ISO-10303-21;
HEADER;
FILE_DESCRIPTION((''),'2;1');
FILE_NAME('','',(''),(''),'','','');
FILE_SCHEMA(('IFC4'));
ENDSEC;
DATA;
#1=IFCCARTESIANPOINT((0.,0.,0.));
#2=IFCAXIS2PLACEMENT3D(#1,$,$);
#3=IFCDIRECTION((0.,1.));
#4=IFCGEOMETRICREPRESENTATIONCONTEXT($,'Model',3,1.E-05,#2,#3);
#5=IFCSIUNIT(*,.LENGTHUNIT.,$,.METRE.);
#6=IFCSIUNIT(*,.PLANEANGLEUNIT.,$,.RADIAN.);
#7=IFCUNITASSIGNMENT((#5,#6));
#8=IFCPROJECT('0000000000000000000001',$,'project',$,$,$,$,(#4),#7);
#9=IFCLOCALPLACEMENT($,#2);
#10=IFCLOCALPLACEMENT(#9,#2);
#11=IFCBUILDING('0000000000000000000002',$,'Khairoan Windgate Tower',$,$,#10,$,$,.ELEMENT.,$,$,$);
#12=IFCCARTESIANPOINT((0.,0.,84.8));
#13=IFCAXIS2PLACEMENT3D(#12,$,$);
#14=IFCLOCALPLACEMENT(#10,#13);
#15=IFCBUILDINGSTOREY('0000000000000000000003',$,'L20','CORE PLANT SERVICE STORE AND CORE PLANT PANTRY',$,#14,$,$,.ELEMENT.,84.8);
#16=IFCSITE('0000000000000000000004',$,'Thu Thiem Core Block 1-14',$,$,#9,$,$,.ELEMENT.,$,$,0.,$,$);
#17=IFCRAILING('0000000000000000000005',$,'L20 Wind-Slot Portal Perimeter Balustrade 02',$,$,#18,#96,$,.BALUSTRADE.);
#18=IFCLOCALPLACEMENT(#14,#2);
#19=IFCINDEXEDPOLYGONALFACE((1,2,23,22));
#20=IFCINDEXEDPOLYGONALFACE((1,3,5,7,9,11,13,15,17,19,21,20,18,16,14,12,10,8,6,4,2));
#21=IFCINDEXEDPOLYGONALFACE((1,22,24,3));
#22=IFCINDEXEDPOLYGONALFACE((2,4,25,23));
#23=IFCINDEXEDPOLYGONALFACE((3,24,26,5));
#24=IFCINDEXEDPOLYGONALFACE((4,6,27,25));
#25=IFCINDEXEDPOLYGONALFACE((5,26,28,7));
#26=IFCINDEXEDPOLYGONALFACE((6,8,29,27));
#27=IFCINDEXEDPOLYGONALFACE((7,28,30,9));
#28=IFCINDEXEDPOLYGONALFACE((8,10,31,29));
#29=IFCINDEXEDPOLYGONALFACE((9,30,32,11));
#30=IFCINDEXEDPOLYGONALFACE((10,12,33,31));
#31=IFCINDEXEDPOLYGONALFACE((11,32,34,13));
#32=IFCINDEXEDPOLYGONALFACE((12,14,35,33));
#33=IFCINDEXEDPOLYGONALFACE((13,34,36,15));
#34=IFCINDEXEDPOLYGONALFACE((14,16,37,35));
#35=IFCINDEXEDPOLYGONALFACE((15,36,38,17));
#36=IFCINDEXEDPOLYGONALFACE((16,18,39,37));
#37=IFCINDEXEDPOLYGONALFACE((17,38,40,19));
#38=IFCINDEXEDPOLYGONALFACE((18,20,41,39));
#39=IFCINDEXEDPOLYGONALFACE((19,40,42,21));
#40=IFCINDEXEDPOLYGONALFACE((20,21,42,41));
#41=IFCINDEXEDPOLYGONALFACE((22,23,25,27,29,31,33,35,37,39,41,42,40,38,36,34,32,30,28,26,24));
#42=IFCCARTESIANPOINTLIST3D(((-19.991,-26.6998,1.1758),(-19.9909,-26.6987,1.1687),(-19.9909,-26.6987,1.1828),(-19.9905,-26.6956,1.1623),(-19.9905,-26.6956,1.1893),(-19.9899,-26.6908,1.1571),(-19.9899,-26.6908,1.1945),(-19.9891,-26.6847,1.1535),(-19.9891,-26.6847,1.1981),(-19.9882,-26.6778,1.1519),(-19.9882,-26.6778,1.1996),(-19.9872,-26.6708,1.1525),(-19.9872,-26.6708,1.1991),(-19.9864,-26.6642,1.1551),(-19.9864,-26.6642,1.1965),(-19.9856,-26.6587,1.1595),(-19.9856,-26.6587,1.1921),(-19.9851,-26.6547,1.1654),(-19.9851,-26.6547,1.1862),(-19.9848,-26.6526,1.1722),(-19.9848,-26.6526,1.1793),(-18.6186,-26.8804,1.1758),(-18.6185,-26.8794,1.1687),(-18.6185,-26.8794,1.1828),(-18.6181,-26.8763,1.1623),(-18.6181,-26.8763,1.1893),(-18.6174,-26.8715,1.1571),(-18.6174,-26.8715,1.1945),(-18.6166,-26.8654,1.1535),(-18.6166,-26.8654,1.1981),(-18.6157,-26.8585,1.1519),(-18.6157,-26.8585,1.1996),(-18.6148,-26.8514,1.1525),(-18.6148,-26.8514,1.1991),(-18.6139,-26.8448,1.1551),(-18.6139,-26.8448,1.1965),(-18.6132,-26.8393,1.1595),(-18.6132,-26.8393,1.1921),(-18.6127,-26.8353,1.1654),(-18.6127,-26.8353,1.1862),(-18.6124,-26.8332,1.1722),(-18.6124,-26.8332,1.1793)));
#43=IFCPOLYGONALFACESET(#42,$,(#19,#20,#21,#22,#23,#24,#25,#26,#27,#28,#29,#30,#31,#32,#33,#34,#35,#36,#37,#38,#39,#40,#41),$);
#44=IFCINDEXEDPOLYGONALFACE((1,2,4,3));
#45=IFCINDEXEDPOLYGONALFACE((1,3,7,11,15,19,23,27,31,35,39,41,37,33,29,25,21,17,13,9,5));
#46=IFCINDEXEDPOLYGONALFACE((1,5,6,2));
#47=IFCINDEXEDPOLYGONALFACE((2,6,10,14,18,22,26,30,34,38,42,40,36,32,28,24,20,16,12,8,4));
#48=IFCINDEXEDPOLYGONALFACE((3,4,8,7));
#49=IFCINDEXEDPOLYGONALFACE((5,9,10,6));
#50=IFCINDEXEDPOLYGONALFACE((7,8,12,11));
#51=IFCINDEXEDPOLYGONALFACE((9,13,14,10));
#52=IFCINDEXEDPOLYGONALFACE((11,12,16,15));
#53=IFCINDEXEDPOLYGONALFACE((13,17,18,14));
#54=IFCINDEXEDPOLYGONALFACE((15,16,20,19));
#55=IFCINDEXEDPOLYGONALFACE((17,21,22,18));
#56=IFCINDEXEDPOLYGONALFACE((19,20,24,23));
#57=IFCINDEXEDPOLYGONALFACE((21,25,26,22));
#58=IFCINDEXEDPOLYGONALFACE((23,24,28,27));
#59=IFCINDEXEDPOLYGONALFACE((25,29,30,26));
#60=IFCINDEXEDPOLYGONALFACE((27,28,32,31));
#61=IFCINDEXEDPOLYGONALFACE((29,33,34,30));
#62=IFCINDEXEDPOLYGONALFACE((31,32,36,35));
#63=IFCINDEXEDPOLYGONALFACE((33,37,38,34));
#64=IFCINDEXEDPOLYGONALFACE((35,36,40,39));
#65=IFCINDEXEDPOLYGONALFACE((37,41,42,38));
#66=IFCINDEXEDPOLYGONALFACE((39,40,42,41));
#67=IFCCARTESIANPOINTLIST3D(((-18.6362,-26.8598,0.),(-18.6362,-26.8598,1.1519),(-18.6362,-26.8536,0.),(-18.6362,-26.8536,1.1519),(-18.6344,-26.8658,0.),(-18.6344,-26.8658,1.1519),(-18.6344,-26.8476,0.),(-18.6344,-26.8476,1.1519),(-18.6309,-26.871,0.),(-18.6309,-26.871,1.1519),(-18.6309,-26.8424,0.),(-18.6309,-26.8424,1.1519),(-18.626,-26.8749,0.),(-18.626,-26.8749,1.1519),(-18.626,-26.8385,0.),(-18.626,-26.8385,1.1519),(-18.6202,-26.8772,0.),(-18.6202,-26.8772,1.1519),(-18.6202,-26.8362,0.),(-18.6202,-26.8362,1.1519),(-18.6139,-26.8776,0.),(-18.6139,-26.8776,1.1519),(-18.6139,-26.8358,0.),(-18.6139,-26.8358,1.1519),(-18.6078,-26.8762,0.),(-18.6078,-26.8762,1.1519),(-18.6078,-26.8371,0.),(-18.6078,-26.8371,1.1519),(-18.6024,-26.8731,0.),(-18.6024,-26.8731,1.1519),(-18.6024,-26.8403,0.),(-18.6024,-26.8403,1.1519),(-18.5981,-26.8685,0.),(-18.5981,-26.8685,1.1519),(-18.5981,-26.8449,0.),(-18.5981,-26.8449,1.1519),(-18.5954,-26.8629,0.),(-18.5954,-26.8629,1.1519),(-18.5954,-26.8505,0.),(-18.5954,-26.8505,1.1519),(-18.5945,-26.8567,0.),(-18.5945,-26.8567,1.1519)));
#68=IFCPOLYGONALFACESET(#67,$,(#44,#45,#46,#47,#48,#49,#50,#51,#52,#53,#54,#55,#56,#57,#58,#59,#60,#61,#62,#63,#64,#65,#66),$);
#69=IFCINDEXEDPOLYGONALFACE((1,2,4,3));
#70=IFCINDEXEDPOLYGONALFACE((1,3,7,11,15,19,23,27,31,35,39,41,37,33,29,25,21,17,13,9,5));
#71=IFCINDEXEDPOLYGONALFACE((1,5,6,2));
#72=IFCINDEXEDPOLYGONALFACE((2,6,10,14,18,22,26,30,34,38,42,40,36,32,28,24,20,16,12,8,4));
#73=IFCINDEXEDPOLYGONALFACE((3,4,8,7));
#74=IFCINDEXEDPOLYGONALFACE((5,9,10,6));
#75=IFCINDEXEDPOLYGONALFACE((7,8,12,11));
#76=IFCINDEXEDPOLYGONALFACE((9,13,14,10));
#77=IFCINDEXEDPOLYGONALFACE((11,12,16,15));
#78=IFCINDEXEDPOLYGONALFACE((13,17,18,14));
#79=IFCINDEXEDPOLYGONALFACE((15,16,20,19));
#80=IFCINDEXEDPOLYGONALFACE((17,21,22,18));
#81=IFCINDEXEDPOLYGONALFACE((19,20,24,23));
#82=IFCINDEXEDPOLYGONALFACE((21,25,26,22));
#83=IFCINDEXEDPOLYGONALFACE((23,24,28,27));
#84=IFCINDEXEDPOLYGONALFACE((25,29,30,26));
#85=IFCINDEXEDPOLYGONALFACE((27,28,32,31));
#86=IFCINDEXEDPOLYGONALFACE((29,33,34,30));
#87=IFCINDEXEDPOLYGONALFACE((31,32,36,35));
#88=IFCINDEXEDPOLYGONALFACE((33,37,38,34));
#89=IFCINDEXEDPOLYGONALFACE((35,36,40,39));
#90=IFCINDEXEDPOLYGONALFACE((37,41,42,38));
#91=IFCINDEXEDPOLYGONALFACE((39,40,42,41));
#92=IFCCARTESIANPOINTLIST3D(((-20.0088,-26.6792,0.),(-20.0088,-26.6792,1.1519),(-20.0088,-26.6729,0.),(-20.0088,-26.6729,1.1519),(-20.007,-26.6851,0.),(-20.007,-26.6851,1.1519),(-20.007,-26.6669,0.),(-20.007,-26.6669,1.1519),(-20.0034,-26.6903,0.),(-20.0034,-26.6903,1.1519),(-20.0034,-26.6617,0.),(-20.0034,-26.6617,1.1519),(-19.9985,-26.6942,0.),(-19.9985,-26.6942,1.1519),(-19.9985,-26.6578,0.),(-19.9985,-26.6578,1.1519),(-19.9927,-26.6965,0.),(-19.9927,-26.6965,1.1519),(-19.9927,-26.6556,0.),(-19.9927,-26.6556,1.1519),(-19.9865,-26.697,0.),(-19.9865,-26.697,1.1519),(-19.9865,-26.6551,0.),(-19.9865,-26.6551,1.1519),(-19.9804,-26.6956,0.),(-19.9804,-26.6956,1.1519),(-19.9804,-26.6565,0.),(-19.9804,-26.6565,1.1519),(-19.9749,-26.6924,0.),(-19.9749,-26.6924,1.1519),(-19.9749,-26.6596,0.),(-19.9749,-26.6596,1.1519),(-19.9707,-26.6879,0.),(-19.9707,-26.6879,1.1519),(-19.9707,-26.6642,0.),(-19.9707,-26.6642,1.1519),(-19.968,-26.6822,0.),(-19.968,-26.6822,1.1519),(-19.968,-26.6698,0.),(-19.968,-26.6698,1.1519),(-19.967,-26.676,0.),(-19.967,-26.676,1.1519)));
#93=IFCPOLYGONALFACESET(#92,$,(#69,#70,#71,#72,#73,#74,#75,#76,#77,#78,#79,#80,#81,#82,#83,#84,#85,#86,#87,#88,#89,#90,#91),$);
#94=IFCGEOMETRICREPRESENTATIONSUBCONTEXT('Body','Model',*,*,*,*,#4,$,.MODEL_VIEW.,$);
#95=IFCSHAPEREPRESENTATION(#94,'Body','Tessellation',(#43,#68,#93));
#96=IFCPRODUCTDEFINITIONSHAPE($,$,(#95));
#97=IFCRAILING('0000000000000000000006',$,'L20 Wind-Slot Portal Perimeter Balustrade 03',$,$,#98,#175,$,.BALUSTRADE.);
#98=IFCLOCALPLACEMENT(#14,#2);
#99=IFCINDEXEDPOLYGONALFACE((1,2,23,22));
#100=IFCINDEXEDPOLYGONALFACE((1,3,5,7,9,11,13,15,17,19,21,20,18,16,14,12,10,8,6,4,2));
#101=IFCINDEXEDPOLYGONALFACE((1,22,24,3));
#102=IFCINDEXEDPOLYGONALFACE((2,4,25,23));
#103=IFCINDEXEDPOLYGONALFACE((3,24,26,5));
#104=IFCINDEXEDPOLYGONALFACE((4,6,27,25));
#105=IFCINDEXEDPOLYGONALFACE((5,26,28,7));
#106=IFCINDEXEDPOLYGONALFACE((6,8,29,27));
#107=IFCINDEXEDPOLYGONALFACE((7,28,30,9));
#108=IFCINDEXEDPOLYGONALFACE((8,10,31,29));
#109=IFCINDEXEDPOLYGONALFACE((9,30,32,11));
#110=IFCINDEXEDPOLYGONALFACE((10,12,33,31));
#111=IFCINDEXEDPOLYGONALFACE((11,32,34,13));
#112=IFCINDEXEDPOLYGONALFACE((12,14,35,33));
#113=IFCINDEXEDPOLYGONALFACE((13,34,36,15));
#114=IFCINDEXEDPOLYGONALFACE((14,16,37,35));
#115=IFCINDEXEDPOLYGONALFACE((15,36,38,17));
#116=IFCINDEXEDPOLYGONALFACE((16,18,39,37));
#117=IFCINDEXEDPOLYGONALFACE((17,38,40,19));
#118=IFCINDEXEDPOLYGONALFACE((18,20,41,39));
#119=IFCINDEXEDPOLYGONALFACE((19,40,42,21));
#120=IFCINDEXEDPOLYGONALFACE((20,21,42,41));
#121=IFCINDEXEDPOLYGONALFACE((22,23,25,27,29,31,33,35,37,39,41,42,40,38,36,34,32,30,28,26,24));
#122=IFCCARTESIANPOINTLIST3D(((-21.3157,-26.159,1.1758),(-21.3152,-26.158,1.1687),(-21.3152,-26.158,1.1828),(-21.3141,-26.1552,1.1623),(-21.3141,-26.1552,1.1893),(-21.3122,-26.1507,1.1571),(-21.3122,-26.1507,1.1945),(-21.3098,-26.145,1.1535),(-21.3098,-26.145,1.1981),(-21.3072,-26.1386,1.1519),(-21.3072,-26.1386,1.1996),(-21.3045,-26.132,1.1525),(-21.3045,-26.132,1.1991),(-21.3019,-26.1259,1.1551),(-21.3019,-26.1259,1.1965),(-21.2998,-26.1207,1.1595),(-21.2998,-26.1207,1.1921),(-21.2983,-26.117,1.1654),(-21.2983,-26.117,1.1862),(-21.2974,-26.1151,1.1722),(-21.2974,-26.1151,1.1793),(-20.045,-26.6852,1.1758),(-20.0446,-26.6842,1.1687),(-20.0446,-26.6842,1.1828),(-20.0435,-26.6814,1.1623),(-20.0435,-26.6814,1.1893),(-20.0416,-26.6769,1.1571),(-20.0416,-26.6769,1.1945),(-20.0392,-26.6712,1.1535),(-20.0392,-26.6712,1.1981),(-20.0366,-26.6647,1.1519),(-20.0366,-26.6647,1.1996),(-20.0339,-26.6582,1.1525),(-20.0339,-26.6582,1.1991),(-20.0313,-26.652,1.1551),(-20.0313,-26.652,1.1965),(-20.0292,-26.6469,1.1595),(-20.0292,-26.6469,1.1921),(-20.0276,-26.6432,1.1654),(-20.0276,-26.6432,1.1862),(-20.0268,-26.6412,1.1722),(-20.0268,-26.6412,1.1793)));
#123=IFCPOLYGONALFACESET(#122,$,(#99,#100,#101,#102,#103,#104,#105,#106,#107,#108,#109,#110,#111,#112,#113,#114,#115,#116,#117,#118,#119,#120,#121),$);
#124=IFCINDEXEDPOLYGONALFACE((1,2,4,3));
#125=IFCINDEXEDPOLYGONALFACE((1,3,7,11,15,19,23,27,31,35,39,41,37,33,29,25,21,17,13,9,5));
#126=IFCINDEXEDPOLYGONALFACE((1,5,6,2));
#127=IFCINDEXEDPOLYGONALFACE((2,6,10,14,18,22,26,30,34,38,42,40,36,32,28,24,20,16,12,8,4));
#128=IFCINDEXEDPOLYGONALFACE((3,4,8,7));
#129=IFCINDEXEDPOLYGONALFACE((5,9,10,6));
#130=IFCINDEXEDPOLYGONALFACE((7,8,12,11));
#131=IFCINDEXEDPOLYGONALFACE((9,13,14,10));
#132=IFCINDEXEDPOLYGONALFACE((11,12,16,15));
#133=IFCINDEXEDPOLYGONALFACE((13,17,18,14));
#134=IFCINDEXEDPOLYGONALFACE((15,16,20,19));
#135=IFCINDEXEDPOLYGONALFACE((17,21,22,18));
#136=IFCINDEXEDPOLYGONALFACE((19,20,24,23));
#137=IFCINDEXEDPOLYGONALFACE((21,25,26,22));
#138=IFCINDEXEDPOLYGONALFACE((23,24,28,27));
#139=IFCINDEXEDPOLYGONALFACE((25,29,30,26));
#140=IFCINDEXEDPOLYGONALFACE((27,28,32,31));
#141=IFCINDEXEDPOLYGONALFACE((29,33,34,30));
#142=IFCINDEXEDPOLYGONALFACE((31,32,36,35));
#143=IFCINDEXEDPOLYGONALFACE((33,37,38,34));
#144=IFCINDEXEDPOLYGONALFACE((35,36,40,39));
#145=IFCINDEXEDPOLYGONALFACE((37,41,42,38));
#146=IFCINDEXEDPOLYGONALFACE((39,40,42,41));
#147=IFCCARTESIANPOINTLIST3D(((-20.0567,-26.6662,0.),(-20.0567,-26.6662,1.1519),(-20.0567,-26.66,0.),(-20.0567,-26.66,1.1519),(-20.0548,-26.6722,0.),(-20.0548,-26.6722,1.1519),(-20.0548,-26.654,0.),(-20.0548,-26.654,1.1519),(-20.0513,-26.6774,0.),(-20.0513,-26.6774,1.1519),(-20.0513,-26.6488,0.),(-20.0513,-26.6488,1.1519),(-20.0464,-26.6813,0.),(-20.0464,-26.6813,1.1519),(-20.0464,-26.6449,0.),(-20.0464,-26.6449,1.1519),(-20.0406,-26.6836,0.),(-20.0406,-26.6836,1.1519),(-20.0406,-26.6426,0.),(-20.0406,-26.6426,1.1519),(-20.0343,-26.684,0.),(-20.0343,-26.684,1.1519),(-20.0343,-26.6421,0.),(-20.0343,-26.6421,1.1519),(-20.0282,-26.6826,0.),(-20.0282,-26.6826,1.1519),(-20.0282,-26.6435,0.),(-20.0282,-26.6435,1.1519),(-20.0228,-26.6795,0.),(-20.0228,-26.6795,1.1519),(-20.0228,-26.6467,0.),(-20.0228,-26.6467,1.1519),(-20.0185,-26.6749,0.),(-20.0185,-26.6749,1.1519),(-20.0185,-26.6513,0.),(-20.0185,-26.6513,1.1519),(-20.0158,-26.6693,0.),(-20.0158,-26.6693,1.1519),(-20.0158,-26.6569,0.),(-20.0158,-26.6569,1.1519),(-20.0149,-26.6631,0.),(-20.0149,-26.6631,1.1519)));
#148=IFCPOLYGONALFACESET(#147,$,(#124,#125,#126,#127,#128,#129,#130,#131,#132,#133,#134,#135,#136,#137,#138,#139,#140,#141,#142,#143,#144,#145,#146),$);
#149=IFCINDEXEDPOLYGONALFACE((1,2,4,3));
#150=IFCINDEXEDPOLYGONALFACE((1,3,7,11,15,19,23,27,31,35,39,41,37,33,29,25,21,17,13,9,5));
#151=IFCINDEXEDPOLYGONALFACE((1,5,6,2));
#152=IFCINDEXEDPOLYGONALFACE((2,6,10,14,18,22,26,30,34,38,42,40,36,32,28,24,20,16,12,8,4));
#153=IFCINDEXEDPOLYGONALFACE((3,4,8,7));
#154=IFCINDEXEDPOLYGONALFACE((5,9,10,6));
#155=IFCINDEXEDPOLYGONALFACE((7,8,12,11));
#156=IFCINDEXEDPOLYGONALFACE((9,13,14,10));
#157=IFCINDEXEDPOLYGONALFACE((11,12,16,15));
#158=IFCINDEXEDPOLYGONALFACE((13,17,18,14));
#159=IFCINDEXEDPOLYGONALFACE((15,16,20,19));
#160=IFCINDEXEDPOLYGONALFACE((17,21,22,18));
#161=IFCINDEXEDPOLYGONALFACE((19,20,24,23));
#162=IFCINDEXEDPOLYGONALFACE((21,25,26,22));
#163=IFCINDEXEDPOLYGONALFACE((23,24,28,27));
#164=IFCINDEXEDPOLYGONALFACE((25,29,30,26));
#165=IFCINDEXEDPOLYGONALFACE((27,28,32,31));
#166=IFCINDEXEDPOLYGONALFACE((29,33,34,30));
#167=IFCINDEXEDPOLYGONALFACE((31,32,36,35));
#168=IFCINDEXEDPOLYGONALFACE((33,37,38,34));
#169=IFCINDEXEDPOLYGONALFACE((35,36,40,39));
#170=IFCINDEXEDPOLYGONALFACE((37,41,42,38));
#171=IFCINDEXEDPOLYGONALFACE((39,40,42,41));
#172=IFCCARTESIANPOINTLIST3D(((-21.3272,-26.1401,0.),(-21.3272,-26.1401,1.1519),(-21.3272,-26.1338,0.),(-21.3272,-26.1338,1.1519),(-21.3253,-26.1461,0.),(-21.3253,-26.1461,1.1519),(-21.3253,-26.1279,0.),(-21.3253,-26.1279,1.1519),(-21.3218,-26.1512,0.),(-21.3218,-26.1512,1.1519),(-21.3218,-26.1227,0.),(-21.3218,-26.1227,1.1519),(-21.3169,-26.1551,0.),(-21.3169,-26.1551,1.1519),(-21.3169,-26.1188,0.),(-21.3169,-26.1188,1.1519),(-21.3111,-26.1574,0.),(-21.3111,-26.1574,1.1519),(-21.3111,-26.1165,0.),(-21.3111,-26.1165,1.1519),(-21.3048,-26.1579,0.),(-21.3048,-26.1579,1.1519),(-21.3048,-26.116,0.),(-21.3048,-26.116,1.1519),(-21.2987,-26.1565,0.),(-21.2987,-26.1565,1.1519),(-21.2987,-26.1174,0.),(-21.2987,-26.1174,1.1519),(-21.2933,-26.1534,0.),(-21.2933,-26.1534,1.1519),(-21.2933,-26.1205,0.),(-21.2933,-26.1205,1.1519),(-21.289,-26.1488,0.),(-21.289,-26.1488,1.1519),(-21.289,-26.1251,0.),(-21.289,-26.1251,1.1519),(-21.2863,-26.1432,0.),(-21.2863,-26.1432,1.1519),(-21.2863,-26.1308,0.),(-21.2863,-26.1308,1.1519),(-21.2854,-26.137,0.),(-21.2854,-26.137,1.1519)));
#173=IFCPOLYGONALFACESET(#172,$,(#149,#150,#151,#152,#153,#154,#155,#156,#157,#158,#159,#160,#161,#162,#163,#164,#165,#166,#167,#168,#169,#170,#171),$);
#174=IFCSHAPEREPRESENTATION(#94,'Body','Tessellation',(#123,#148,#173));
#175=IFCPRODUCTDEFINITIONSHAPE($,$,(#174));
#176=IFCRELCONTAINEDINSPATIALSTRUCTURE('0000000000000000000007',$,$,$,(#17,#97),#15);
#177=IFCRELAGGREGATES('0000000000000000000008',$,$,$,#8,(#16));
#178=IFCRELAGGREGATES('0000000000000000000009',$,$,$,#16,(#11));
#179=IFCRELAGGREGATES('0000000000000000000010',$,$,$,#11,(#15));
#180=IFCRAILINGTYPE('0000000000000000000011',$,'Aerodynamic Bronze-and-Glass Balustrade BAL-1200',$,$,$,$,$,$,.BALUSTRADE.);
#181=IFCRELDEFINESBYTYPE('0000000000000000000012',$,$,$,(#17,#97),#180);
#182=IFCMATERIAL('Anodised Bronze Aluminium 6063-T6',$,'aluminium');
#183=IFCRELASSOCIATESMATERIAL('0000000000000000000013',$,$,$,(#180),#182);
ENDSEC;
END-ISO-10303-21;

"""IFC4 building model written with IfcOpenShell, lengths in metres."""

from ifc_helpers import new_model, si_unit, direction, frame, origin, origin_2d, place, context, subcontext, project, spatial, circle, extrude, material, type_object, element, save


model = new_model("IFC4")

# Units and contexts
model_context = context("Model", 3, precision=1e-05, world=origin(), true_north=direction((0.0, 1.0)))
body_context = subcontext(model_context, "Body", "Model", "MODEL_VIEW")
ifc_project = project(units=[si_unit("LENGTHUNIT", "METRE"), si_unit("PLANEANGLEUNIT", "RADIAN")], contexts=[model_context])

# Site, building, storey
site_placement = place(None, origin())
site = spatial("IfcSite", under=ifc_project, at=site_placement, Name="Thu Thiem Core Block 1-14", CompositionType="ELEMENT", RefElevation=0.0)
building_placement = place(site_placement, origin())
building = spatial("IfcBuilding", under=site, at=building_placement, Name="Khairoan Windgate Tower", CompositionType="ELEMENT")
storey_placement = place(building_placement, frame((0.0, 0.0, 84.8)))
storey = spatial("IfcBuildingStorey", under=building, at=storey_placement, Name="L20", Description="CORE PLANT SERVICE STORE AND CORE PLANT PANTRY", CompositionType="ELEMENT", Elevation=84.8)

# Railings
ifc_material_1 = material(Name="Anodised Bronze Aluminium 6063-T6", Category="aluminium")
railing_type = type_object("IfcRailingType", Name="Aerodynamic Bronze-and-Glass Balustrade BAL-1200", PredefinedType="BALUSTRADE", material=ifc_material_1)
railing_1_placement = place(storey_placement, frame((-18.6155, -26.8567, 0.0)))
element("IfcRailing", 1, at=railing_1_placement, inside=storey, type_object=railing_type, Name="L20 Wind-Slot Portal Perimeter Balustrade 02", PredefinedType="BALUSTRADE", context=body_context, shape_type="SweptSolid", body=[
    extrude(circle(Radius=0.0239, at=origin_2d()), frame((0.0, 0.0, 1.1758), z_axis=(-0.991448, 0.1305, 0.0), x_axis=(-0.1305, -0.991448, 0.0)), (0.0, 0.0, 1.0), 1.3843),
    extrude(circle(Radius=0.021, at=origin_2d()), origin(), (0.0, 0.0, 1.0), 1.1519),
    extrude(circle(Radius=0.021, at=origin_2d()), frame((-1.3726, 0.1807, 0.0)), (0.0, 0.0, 1.0), 1.1519),
])
railing_2_placement = place(storey_placement, frame((-20.0359, -26.6631, 0.0)))
element("IfcRailing", 2, at=railing_2_placement, inside=storey, type_object=railing_type, Name="L20 Wind-Slot Portal Perimeter Balustrade 03", PredefinedType="BALUSTRADE", context=body_context, shape_type="SweptSolid", body=[
    extrude(circle(Radius=0.0239, at=origin_2d()), frame((0.0, 0.0, 1.1758), z_axis=(-0.923915, 0.382597, 0.0), x_axis=(-0.382597, -0.923915, 0.0)), (0.0, 0.0, 1.0), 1.3752),
    extrude(circle(Radius=0.021, at=origin_2d()), origin(), (0.0, 0.0, 1.0), 1.1519),
    extrude(circle(Radius=0.021, at=origin_2d()), frame((-1.2705, 0.5261, 0.0)), (0.0, 0.0, 1.0), 1.1519),
])

save(model, "model.ifc")
